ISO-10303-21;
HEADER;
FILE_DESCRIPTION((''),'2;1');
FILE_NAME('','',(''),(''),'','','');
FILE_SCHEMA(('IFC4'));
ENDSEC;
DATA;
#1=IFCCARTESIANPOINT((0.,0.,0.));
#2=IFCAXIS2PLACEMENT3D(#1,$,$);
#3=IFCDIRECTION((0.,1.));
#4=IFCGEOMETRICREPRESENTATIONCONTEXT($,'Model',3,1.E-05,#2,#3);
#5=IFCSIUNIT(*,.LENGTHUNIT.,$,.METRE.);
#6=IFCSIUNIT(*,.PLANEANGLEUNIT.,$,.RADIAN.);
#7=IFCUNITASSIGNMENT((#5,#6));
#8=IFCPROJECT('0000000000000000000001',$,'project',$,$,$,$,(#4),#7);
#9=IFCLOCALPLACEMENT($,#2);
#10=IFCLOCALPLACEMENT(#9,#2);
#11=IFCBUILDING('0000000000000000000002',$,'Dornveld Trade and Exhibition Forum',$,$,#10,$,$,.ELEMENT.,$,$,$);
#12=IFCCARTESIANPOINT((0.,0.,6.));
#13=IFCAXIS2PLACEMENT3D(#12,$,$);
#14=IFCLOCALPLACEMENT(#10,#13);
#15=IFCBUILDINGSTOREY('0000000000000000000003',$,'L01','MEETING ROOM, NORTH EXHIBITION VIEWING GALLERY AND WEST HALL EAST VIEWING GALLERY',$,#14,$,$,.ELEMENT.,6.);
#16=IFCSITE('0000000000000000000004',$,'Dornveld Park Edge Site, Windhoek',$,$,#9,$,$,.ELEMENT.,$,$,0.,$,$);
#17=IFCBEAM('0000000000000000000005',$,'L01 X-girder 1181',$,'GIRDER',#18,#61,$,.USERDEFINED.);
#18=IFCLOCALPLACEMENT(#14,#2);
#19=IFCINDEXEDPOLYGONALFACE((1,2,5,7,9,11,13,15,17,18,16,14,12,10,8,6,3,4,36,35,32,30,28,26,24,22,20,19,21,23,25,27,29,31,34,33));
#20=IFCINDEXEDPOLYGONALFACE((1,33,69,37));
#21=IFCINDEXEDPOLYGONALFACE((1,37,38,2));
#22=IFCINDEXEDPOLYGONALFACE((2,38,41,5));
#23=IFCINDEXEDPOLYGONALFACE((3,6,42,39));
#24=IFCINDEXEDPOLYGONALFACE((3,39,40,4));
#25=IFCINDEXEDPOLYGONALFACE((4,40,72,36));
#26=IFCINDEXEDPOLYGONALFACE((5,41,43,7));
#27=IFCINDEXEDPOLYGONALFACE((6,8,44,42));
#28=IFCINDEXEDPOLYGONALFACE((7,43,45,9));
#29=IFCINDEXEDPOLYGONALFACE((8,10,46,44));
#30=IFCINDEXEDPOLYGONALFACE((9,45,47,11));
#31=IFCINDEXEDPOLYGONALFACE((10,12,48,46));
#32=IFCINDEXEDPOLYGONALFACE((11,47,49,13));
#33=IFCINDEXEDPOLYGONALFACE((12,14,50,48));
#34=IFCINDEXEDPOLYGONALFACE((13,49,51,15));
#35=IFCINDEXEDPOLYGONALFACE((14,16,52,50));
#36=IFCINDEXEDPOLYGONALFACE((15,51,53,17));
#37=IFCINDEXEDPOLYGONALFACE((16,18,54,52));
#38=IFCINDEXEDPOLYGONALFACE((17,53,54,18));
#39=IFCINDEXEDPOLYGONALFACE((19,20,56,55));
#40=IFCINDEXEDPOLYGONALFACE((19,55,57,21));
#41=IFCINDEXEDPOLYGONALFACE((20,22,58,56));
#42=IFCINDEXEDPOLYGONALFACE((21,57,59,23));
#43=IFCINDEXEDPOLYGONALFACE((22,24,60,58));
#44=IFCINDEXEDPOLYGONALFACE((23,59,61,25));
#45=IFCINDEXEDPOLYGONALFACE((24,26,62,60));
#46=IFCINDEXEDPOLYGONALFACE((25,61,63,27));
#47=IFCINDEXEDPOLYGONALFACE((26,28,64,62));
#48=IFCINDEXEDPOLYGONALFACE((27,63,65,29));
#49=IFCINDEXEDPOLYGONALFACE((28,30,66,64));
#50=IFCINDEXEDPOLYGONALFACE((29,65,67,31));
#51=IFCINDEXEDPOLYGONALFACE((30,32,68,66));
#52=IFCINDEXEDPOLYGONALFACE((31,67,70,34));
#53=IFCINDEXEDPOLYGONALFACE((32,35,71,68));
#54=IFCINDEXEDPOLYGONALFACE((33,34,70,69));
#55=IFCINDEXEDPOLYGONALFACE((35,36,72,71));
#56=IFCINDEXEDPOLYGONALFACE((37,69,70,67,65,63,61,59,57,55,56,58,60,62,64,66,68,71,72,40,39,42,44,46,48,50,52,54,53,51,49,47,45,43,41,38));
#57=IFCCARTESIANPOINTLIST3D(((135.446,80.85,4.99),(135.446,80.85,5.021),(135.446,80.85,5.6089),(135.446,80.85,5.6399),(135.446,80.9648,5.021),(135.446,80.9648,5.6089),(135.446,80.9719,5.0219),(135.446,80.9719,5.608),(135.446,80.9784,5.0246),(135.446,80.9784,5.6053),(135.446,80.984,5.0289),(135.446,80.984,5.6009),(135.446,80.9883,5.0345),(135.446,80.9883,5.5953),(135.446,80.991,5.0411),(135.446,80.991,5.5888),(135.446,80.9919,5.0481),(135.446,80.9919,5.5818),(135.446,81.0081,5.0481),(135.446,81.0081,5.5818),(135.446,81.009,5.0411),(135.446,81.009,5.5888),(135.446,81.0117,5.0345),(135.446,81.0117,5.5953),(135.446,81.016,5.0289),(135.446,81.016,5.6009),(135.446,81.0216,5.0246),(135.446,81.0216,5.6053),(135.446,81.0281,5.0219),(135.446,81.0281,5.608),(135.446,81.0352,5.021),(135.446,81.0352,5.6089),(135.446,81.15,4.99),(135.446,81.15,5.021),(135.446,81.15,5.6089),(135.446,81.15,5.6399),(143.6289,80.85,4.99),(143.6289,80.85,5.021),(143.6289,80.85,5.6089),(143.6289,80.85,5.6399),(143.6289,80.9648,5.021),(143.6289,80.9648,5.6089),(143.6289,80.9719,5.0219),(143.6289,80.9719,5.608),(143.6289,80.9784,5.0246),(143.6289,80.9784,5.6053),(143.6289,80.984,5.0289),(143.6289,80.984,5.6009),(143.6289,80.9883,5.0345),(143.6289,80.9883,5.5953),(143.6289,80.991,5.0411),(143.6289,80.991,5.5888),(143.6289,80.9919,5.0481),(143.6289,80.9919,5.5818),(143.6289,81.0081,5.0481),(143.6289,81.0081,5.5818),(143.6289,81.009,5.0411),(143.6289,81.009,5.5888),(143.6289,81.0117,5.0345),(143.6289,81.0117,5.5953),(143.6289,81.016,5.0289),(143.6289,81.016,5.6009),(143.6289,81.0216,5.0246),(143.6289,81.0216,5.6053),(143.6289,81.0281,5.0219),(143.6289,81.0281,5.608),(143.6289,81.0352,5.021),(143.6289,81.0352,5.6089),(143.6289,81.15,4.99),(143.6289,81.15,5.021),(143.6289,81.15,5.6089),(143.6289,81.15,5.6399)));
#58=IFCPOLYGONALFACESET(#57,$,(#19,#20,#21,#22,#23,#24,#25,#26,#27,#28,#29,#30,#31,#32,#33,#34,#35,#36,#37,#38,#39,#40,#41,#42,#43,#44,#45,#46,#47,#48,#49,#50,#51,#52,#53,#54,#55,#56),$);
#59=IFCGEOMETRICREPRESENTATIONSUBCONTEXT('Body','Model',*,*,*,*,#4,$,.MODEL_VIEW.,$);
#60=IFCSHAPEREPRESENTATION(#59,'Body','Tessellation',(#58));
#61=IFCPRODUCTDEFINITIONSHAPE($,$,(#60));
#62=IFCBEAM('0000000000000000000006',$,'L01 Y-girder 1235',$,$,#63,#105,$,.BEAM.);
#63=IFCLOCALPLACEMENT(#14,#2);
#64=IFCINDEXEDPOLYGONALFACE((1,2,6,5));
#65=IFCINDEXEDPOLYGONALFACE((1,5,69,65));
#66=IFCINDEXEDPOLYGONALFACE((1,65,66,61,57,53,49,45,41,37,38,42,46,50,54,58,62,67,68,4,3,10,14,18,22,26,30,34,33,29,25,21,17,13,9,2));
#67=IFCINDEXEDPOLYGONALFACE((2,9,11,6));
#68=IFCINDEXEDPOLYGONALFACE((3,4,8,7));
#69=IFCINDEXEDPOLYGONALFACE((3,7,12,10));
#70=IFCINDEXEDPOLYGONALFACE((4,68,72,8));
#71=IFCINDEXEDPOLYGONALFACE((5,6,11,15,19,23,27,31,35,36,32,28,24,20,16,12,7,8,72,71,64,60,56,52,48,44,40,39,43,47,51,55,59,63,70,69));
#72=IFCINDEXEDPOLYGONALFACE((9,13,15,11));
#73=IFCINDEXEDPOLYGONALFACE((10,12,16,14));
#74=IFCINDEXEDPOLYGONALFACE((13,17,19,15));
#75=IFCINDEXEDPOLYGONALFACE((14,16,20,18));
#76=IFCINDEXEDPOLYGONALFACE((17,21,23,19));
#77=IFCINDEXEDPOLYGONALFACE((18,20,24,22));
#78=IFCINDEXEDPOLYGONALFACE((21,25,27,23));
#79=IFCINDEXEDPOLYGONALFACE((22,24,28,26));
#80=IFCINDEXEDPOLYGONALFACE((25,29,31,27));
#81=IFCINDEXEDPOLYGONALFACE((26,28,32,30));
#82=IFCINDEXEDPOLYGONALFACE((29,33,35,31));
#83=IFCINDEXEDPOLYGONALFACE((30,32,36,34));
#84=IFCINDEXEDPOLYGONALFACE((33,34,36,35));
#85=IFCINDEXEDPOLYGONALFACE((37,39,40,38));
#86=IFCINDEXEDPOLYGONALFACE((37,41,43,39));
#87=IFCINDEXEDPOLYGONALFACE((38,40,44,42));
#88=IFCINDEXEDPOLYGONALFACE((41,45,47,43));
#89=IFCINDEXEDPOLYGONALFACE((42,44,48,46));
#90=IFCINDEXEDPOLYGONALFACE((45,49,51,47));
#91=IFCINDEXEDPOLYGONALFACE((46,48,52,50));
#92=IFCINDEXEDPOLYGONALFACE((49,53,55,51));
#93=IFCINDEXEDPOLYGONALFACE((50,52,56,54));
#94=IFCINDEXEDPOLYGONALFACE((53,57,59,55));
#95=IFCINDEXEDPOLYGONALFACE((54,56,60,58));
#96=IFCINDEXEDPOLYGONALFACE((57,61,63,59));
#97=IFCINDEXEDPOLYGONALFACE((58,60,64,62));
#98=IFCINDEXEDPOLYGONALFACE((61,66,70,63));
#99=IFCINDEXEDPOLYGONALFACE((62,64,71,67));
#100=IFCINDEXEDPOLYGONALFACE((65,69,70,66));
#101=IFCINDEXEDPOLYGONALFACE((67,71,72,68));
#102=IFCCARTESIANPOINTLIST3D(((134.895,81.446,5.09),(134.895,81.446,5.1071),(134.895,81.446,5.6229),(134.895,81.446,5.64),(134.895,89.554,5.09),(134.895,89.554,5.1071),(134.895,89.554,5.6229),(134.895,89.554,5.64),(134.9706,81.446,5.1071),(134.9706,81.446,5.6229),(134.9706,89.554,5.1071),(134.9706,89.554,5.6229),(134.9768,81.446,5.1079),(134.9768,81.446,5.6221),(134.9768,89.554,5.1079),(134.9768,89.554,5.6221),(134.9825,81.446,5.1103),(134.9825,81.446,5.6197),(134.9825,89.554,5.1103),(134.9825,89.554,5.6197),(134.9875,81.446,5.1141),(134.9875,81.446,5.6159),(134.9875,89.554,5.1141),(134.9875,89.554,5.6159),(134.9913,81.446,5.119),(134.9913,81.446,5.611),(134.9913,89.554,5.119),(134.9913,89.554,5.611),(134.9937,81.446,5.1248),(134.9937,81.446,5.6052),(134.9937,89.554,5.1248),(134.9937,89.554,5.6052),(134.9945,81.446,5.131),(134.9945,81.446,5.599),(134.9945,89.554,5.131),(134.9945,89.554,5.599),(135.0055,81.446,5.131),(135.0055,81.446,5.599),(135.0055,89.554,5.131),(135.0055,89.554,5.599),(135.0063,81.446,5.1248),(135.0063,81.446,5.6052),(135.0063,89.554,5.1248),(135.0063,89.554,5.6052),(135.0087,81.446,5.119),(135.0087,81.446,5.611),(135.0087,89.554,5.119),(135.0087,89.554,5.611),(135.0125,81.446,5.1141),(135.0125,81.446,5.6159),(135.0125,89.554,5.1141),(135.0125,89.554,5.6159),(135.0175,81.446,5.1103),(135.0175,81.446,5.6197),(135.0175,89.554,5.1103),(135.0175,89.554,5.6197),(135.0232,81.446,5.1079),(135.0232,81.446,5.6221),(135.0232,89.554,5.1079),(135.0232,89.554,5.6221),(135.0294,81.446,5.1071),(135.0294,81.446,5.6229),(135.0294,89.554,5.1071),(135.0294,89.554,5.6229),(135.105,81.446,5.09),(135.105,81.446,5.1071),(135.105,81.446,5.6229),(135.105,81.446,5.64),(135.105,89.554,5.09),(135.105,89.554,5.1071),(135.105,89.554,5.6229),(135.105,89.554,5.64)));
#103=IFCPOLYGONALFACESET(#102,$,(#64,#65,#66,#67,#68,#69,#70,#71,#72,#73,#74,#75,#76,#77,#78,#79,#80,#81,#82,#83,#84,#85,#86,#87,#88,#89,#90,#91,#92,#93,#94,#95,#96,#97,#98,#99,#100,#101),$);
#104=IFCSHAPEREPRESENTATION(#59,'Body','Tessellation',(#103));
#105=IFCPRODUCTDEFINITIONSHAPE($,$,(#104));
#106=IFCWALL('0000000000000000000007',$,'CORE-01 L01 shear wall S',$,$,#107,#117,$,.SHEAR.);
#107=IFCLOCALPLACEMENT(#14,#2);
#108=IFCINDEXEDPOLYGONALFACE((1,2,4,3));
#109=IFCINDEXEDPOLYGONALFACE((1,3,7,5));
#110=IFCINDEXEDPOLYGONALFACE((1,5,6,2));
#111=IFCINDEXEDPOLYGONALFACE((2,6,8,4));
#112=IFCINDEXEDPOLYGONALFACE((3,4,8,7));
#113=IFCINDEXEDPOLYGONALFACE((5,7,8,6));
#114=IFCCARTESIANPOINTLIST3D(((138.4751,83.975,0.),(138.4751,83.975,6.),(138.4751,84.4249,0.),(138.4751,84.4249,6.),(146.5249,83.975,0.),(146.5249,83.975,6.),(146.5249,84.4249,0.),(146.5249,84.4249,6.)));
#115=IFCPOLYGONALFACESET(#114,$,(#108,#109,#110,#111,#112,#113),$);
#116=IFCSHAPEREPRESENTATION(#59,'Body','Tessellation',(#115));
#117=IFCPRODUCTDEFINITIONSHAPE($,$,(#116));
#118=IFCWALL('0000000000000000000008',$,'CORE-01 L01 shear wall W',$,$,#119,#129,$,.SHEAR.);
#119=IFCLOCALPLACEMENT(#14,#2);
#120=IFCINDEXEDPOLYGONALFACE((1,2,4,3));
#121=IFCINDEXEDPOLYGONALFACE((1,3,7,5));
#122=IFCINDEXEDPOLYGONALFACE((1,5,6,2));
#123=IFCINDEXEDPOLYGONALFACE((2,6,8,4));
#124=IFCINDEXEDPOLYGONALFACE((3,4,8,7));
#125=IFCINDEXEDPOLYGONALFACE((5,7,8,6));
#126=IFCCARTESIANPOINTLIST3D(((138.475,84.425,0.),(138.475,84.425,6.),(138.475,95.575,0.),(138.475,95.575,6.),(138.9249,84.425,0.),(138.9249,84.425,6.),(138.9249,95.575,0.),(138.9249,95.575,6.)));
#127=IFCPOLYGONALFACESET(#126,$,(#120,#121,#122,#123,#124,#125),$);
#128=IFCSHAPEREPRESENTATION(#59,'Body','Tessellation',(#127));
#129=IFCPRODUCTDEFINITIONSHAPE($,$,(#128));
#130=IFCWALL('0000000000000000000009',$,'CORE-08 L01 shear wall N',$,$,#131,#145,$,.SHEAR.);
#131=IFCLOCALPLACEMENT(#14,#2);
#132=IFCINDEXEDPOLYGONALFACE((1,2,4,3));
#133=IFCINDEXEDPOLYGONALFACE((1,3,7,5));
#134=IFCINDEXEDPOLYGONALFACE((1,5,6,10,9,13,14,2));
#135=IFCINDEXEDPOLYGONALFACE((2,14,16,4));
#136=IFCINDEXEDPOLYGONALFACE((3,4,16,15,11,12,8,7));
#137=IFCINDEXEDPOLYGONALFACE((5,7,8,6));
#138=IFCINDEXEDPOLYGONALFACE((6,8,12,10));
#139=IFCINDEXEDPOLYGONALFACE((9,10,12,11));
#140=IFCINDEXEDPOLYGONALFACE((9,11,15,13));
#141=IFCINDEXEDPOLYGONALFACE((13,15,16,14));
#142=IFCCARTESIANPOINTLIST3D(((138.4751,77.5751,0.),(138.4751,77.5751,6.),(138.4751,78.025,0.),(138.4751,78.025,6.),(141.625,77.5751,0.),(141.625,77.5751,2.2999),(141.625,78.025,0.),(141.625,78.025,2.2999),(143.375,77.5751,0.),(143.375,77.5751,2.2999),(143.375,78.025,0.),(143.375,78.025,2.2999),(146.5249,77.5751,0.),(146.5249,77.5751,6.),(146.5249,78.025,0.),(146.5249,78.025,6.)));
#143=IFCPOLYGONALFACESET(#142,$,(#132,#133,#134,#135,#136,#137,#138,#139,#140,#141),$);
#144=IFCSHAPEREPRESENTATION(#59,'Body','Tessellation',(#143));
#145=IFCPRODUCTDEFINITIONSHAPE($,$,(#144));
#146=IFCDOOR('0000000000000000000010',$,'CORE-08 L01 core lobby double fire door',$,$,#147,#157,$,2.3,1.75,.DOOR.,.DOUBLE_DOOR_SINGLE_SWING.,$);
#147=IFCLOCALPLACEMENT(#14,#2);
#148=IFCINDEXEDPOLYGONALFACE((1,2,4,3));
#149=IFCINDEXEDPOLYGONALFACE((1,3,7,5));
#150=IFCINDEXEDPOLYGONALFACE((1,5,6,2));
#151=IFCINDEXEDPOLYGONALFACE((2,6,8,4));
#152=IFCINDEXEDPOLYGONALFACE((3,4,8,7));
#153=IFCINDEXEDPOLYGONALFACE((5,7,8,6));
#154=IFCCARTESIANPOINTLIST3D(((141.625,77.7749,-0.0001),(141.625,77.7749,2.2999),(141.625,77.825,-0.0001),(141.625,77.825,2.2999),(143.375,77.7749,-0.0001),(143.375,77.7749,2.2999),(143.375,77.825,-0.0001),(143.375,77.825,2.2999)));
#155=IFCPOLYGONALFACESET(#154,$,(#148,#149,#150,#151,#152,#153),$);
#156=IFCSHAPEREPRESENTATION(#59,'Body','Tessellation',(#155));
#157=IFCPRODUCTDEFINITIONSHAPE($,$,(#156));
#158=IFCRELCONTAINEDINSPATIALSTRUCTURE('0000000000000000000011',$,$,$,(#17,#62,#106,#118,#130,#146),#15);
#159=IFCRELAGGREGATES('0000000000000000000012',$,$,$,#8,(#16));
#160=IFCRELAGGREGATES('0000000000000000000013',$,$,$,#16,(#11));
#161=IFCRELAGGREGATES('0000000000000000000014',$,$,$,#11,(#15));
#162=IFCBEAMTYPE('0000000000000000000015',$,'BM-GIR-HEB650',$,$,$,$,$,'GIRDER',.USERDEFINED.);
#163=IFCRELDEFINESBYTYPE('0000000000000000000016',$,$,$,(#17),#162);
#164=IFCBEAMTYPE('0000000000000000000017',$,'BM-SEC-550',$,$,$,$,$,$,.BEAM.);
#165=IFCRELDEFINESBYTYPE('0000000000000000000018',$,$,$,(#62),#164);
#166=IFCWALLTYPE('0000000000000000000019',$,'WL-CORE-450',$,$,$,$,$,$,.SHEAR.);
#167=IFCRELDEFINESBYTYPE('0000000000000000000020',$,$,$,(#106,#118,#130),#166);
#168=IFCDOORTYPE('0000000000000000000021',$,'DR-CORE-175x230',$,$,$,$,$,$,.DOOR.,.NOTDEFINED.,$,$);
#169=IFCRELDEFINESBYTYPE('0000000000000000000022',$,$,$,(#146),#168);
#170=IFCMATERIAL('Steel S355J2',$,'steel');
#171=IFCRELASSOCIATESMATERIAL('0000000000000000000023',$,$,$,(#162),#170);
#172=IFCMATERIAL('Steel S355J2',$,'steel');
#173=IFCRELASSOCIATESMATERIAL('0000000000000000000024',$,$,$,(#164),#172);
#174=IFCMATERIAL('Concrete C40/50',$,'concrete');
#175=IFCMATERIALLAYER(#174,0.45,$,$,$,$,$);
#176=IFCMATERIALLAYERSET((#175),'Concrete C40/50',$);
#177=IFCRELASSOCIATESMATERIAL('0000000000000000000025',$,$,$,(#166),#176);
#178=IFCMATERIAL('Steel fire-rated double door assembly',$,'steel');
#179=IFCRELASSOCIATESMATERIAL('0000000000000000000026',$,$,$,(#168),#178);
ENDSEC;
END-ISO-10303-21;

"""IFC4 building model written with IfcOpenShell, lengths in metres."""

from ifc_helpers import new_model, si_unit, direction, frame, frame_2d, origin, origin_2d, place, context, subcontext, project, spatial, rectangle, i_section, extrude, material, layer, layer_set, material_profile, profile_set, type_object, element, fill, save


model = new_model("IFC4")

# Units and contexts
model_context = context("Model", 3, precision=1e-05, world=origin(), true_north=direction((0.0, 1.0)))
body_context = subcontext(model_context, "Body", "Model", "MODEL_VIEW")
ifc_project = project(units=[si_unit("LENGTHUNIT", "METRE"), si_unit("PLANEANGLEUNIT", "RADIAN")], contexts=[model_context])

# Site, building, storey
site_placement = place(None, origin())
site = spatial("IfcSite", under=ifc_project, at=site_placement, Name="Dornveld Park Edge Site, Windhoek", CompositionType="ELEMENT", RefElevation=0.0)
building_placement = place(site_placement, origin())
building = spatial("IfcBuilding", under=site, at=building_placement, Name="Dornveld Trade and Exhibition Forum", CompositionType="ELEMENT")
storey_placement = place(building_placement, frame((0.0, 0.0, 6.0)))
storey = spatial("IfcBuildingStorey", under=building, at=storey_placement, Name="L01", Description="MEETING ROOM, NORTH EXHIBITION VIEWING GALLERY AND WEST HALL EAST VIEWING GALLERY", CompositionType="ELEMENT", Elevation=6.0)

# Beams
ifc_material_1 = material(Name="Steel S355J2", Category="steel")
ifc_material_profile_1 = material_profile(ifc_material_1, i_section(OverallWidth=0.3, OverallDepth=0.6499, WebThickness=0.0161, FlangeThickness=0.031, FilletRadius=0.0271, at=origin_2d()), Name="HEB 650")
ifc_profile_set_1 = profile_set([ifc_material_profile_1], Name="Steel S355J2")
beam_type_1 = type_object("IfcBeamType", Name="BM-GIR-HEB650", ElementType="GIRDER", PredefinedType="USERDEFINED", material=ifc_profile_set_1)
beam_1_placement = place(storey_placement, frame((135.446, 81.0, 5.3149), z_axis=(1.0, 0.0, 0.0), x_axis=(0.0, 1.0, 0.0)))
element("IfcBeam", 1, at=beam_1_placement, inside=storey, type_object=beam_type_1, Name="L01 X-girder 1181", ObjectType="GIRDER", PredefinedType="USERDEFINED", context=body_context, shape_type="SweptSolid", body=[
    extrude(i_section(OverallWidth=0.3, OverallDepth=0.6499, WebThickness=0.0161, FlangeThickness=0.031, FilletRadius=0.0271, at=origin_2d()), origin(), (0.0, 0.0, 1.0), 8.1829),
])
ifc_material_2 = material(Name="Steel S355J2", Category="steel")
ifc_material_profile_2 = material_profile(ifc_material_2, i_section(OverallWidth=0.21, OverallDepth=0.55, WebThickness=0.011, FlangeThickness=0.0171, FilletRadius=0.0239, at=origin_2d()), Name="IPE 550")
ifc_profile_set_2 = profile_set([ifc_material_profile_2], Name="Steel S355J2")
beam_type_2 = type_object("IfcBeamType", Name="BM-SEC-550", PredefinedType="BEAM", material=ifc_profile_set_2)
beam_2_placement = place(storey_placement, frame((135.0, 81.446, 5.365), z_axis=(0.0, 1.0, 0.0), x_axis=(-1.0, 0.0, 0.0)))
element("IfcBeam", 2, at=beam_2_placement, inside=storey, type_object=beam_type_2, Name="L01 Y-girder 1235", PredefinedType="BEAM", context=body_context, shape_type="SweptSolid", body=[
    extrude(i_section(OverallWidth=0.21, OverallDepth=0.55, WebThickness=0.011, FlangeThickness=0.0171, FilletRadius=0.0239, at=origin_2d()), origin(), (0.0, 0.0, 1.0), 8.1079),
])

# Walls
ifc_material_3 = material(Name="Concrete C40/50", Category="concrete")
ifc_layer_1 = layer(ifc_material_3, 0.45)
ifc_layer_set_1 = layer_set([ifc_layer_1], Name="Concrete C40/50")
wall_type_1 = type_object("IfcWallType", Name="WL-CORE-450", PredefinedType="SHEAR", material=ifc_layer_set_1)
wall_1_placement = place(storey_placement, frame((138.4751, 84.2, 0.0), z_axis=(0.0, 0.0, 1.0), x_axis=(1.0, 0.0, 0.0)))
element("IfcWall", 3, at=wall_1_placement, inside=storey, type_object=wall_type_1, Name="CORE-01 L01 shear wall S", PredefinedType="SHEAR", context=body_context, shape_type="SweptSolid", body=[
    extrude(rectangle(XDim=8.0498, YDim=0.45, at=frame_2d((4.0249, 0.0))), origin(), (0.0, 0.0, 1.0), 6.0),
])
wall_2_placement = place(storey_placement, frame((138.7, 84.425, 0.0), z_axis=(0.0, 0.0, 1.0), x_axis=(0.0, 1.0, 0.0)))
element("IfcWall", 4, at=wall_2_placement, inside=storey, type_object=wall_type_1, Name="CORE-01 L01 shear wall W", PredefinedType="SHEAR", context=body_context, shape_type="SweptSolid", body=[
    extrude(rectangle(XDim=11.1499, YDim=0.45, at=frame_2d((5.575, 0.0))), origin(), (0.0, 0.0, 1.0), 6.0),
])

# Wall, opening, door
wall_3_placement = place(storey_placement, frame((138.4751, 77.8, 0.0), z_axis=(0.0, 0.0, 1.0), x_axis=(1.0, 0.0, 0.0)))
wall_3 = element("IfcWall", 5, at=wall_3_placement, inside=storey, type_object=wall_type_1, Name="CORE-08 L01 shear wall N", PredefinedType="SHEAR", context=body_context, shape_type="SweptSolid", body=[
    extrude(rectangle(XDim=8.0498, YDim=0.45, at=frame_2d((4.0249, 0.0))), origin(), (0.0, 0.0, 1.0), 6.0),
])
opening_1_placement = place(wall_3_placement, frame((3.1499, 0.0, 0.0)))
opening_1 = element("IfcOpeningElement", 6, at=opening_1_placement, cuts=wall_3, PredefinedType="OPENING", context=body_context, shape_type="SweptSolid", body=[
    extrude(rectangle(XDim=1.75, YDim=2.3, at=frame_2d((0.875, 1.1499))), frame((0.0, 0.2349, 0.0), z_axis=(0.0, -1.0, 0.0), x_axis=(1.0, 0.0, 0.0)), (0.0, 0.0, 1.0), 0.47),
])
ifc_material_4 = material(Name="Steel fire-rated double door assembly", Category="steel")
door_type_1 = type_object("IfcDoorType", Name="DR-CORE-175x230", OperationType="NOTDEFINED", PredefinedType="DOOR", material=ifc_material_4)
door_1_placement = place(opening_1_placement, origin())
door_1 = element("IfcDoor", 7, at=door_1_placement, inside=storey, type_object=door_type_1, Name="CORE-08 L01 core lobby double fire door", OperationType="DOUBLE_DOOR_SINGLE_SWING", OverallHeight=2.3, OverallWidth=1.75, PredefinedType="DOOR", context=body_context, shape_type="SweptSolid", body=[
    extrude(rectangle(XDim=1.75, YDim=2.3, at=frame_2d((0.875, 1.1499))), frame((0.0, 0.0249, 0.0), z_axis=(0.0, -1.0, 0.0), x_axis=(1.0, 0.0, 0.0)), (0.0, 0.0, 1.0), 0.05),
])
fill(opening_1, door_1)

save(model, "model.ifc")
